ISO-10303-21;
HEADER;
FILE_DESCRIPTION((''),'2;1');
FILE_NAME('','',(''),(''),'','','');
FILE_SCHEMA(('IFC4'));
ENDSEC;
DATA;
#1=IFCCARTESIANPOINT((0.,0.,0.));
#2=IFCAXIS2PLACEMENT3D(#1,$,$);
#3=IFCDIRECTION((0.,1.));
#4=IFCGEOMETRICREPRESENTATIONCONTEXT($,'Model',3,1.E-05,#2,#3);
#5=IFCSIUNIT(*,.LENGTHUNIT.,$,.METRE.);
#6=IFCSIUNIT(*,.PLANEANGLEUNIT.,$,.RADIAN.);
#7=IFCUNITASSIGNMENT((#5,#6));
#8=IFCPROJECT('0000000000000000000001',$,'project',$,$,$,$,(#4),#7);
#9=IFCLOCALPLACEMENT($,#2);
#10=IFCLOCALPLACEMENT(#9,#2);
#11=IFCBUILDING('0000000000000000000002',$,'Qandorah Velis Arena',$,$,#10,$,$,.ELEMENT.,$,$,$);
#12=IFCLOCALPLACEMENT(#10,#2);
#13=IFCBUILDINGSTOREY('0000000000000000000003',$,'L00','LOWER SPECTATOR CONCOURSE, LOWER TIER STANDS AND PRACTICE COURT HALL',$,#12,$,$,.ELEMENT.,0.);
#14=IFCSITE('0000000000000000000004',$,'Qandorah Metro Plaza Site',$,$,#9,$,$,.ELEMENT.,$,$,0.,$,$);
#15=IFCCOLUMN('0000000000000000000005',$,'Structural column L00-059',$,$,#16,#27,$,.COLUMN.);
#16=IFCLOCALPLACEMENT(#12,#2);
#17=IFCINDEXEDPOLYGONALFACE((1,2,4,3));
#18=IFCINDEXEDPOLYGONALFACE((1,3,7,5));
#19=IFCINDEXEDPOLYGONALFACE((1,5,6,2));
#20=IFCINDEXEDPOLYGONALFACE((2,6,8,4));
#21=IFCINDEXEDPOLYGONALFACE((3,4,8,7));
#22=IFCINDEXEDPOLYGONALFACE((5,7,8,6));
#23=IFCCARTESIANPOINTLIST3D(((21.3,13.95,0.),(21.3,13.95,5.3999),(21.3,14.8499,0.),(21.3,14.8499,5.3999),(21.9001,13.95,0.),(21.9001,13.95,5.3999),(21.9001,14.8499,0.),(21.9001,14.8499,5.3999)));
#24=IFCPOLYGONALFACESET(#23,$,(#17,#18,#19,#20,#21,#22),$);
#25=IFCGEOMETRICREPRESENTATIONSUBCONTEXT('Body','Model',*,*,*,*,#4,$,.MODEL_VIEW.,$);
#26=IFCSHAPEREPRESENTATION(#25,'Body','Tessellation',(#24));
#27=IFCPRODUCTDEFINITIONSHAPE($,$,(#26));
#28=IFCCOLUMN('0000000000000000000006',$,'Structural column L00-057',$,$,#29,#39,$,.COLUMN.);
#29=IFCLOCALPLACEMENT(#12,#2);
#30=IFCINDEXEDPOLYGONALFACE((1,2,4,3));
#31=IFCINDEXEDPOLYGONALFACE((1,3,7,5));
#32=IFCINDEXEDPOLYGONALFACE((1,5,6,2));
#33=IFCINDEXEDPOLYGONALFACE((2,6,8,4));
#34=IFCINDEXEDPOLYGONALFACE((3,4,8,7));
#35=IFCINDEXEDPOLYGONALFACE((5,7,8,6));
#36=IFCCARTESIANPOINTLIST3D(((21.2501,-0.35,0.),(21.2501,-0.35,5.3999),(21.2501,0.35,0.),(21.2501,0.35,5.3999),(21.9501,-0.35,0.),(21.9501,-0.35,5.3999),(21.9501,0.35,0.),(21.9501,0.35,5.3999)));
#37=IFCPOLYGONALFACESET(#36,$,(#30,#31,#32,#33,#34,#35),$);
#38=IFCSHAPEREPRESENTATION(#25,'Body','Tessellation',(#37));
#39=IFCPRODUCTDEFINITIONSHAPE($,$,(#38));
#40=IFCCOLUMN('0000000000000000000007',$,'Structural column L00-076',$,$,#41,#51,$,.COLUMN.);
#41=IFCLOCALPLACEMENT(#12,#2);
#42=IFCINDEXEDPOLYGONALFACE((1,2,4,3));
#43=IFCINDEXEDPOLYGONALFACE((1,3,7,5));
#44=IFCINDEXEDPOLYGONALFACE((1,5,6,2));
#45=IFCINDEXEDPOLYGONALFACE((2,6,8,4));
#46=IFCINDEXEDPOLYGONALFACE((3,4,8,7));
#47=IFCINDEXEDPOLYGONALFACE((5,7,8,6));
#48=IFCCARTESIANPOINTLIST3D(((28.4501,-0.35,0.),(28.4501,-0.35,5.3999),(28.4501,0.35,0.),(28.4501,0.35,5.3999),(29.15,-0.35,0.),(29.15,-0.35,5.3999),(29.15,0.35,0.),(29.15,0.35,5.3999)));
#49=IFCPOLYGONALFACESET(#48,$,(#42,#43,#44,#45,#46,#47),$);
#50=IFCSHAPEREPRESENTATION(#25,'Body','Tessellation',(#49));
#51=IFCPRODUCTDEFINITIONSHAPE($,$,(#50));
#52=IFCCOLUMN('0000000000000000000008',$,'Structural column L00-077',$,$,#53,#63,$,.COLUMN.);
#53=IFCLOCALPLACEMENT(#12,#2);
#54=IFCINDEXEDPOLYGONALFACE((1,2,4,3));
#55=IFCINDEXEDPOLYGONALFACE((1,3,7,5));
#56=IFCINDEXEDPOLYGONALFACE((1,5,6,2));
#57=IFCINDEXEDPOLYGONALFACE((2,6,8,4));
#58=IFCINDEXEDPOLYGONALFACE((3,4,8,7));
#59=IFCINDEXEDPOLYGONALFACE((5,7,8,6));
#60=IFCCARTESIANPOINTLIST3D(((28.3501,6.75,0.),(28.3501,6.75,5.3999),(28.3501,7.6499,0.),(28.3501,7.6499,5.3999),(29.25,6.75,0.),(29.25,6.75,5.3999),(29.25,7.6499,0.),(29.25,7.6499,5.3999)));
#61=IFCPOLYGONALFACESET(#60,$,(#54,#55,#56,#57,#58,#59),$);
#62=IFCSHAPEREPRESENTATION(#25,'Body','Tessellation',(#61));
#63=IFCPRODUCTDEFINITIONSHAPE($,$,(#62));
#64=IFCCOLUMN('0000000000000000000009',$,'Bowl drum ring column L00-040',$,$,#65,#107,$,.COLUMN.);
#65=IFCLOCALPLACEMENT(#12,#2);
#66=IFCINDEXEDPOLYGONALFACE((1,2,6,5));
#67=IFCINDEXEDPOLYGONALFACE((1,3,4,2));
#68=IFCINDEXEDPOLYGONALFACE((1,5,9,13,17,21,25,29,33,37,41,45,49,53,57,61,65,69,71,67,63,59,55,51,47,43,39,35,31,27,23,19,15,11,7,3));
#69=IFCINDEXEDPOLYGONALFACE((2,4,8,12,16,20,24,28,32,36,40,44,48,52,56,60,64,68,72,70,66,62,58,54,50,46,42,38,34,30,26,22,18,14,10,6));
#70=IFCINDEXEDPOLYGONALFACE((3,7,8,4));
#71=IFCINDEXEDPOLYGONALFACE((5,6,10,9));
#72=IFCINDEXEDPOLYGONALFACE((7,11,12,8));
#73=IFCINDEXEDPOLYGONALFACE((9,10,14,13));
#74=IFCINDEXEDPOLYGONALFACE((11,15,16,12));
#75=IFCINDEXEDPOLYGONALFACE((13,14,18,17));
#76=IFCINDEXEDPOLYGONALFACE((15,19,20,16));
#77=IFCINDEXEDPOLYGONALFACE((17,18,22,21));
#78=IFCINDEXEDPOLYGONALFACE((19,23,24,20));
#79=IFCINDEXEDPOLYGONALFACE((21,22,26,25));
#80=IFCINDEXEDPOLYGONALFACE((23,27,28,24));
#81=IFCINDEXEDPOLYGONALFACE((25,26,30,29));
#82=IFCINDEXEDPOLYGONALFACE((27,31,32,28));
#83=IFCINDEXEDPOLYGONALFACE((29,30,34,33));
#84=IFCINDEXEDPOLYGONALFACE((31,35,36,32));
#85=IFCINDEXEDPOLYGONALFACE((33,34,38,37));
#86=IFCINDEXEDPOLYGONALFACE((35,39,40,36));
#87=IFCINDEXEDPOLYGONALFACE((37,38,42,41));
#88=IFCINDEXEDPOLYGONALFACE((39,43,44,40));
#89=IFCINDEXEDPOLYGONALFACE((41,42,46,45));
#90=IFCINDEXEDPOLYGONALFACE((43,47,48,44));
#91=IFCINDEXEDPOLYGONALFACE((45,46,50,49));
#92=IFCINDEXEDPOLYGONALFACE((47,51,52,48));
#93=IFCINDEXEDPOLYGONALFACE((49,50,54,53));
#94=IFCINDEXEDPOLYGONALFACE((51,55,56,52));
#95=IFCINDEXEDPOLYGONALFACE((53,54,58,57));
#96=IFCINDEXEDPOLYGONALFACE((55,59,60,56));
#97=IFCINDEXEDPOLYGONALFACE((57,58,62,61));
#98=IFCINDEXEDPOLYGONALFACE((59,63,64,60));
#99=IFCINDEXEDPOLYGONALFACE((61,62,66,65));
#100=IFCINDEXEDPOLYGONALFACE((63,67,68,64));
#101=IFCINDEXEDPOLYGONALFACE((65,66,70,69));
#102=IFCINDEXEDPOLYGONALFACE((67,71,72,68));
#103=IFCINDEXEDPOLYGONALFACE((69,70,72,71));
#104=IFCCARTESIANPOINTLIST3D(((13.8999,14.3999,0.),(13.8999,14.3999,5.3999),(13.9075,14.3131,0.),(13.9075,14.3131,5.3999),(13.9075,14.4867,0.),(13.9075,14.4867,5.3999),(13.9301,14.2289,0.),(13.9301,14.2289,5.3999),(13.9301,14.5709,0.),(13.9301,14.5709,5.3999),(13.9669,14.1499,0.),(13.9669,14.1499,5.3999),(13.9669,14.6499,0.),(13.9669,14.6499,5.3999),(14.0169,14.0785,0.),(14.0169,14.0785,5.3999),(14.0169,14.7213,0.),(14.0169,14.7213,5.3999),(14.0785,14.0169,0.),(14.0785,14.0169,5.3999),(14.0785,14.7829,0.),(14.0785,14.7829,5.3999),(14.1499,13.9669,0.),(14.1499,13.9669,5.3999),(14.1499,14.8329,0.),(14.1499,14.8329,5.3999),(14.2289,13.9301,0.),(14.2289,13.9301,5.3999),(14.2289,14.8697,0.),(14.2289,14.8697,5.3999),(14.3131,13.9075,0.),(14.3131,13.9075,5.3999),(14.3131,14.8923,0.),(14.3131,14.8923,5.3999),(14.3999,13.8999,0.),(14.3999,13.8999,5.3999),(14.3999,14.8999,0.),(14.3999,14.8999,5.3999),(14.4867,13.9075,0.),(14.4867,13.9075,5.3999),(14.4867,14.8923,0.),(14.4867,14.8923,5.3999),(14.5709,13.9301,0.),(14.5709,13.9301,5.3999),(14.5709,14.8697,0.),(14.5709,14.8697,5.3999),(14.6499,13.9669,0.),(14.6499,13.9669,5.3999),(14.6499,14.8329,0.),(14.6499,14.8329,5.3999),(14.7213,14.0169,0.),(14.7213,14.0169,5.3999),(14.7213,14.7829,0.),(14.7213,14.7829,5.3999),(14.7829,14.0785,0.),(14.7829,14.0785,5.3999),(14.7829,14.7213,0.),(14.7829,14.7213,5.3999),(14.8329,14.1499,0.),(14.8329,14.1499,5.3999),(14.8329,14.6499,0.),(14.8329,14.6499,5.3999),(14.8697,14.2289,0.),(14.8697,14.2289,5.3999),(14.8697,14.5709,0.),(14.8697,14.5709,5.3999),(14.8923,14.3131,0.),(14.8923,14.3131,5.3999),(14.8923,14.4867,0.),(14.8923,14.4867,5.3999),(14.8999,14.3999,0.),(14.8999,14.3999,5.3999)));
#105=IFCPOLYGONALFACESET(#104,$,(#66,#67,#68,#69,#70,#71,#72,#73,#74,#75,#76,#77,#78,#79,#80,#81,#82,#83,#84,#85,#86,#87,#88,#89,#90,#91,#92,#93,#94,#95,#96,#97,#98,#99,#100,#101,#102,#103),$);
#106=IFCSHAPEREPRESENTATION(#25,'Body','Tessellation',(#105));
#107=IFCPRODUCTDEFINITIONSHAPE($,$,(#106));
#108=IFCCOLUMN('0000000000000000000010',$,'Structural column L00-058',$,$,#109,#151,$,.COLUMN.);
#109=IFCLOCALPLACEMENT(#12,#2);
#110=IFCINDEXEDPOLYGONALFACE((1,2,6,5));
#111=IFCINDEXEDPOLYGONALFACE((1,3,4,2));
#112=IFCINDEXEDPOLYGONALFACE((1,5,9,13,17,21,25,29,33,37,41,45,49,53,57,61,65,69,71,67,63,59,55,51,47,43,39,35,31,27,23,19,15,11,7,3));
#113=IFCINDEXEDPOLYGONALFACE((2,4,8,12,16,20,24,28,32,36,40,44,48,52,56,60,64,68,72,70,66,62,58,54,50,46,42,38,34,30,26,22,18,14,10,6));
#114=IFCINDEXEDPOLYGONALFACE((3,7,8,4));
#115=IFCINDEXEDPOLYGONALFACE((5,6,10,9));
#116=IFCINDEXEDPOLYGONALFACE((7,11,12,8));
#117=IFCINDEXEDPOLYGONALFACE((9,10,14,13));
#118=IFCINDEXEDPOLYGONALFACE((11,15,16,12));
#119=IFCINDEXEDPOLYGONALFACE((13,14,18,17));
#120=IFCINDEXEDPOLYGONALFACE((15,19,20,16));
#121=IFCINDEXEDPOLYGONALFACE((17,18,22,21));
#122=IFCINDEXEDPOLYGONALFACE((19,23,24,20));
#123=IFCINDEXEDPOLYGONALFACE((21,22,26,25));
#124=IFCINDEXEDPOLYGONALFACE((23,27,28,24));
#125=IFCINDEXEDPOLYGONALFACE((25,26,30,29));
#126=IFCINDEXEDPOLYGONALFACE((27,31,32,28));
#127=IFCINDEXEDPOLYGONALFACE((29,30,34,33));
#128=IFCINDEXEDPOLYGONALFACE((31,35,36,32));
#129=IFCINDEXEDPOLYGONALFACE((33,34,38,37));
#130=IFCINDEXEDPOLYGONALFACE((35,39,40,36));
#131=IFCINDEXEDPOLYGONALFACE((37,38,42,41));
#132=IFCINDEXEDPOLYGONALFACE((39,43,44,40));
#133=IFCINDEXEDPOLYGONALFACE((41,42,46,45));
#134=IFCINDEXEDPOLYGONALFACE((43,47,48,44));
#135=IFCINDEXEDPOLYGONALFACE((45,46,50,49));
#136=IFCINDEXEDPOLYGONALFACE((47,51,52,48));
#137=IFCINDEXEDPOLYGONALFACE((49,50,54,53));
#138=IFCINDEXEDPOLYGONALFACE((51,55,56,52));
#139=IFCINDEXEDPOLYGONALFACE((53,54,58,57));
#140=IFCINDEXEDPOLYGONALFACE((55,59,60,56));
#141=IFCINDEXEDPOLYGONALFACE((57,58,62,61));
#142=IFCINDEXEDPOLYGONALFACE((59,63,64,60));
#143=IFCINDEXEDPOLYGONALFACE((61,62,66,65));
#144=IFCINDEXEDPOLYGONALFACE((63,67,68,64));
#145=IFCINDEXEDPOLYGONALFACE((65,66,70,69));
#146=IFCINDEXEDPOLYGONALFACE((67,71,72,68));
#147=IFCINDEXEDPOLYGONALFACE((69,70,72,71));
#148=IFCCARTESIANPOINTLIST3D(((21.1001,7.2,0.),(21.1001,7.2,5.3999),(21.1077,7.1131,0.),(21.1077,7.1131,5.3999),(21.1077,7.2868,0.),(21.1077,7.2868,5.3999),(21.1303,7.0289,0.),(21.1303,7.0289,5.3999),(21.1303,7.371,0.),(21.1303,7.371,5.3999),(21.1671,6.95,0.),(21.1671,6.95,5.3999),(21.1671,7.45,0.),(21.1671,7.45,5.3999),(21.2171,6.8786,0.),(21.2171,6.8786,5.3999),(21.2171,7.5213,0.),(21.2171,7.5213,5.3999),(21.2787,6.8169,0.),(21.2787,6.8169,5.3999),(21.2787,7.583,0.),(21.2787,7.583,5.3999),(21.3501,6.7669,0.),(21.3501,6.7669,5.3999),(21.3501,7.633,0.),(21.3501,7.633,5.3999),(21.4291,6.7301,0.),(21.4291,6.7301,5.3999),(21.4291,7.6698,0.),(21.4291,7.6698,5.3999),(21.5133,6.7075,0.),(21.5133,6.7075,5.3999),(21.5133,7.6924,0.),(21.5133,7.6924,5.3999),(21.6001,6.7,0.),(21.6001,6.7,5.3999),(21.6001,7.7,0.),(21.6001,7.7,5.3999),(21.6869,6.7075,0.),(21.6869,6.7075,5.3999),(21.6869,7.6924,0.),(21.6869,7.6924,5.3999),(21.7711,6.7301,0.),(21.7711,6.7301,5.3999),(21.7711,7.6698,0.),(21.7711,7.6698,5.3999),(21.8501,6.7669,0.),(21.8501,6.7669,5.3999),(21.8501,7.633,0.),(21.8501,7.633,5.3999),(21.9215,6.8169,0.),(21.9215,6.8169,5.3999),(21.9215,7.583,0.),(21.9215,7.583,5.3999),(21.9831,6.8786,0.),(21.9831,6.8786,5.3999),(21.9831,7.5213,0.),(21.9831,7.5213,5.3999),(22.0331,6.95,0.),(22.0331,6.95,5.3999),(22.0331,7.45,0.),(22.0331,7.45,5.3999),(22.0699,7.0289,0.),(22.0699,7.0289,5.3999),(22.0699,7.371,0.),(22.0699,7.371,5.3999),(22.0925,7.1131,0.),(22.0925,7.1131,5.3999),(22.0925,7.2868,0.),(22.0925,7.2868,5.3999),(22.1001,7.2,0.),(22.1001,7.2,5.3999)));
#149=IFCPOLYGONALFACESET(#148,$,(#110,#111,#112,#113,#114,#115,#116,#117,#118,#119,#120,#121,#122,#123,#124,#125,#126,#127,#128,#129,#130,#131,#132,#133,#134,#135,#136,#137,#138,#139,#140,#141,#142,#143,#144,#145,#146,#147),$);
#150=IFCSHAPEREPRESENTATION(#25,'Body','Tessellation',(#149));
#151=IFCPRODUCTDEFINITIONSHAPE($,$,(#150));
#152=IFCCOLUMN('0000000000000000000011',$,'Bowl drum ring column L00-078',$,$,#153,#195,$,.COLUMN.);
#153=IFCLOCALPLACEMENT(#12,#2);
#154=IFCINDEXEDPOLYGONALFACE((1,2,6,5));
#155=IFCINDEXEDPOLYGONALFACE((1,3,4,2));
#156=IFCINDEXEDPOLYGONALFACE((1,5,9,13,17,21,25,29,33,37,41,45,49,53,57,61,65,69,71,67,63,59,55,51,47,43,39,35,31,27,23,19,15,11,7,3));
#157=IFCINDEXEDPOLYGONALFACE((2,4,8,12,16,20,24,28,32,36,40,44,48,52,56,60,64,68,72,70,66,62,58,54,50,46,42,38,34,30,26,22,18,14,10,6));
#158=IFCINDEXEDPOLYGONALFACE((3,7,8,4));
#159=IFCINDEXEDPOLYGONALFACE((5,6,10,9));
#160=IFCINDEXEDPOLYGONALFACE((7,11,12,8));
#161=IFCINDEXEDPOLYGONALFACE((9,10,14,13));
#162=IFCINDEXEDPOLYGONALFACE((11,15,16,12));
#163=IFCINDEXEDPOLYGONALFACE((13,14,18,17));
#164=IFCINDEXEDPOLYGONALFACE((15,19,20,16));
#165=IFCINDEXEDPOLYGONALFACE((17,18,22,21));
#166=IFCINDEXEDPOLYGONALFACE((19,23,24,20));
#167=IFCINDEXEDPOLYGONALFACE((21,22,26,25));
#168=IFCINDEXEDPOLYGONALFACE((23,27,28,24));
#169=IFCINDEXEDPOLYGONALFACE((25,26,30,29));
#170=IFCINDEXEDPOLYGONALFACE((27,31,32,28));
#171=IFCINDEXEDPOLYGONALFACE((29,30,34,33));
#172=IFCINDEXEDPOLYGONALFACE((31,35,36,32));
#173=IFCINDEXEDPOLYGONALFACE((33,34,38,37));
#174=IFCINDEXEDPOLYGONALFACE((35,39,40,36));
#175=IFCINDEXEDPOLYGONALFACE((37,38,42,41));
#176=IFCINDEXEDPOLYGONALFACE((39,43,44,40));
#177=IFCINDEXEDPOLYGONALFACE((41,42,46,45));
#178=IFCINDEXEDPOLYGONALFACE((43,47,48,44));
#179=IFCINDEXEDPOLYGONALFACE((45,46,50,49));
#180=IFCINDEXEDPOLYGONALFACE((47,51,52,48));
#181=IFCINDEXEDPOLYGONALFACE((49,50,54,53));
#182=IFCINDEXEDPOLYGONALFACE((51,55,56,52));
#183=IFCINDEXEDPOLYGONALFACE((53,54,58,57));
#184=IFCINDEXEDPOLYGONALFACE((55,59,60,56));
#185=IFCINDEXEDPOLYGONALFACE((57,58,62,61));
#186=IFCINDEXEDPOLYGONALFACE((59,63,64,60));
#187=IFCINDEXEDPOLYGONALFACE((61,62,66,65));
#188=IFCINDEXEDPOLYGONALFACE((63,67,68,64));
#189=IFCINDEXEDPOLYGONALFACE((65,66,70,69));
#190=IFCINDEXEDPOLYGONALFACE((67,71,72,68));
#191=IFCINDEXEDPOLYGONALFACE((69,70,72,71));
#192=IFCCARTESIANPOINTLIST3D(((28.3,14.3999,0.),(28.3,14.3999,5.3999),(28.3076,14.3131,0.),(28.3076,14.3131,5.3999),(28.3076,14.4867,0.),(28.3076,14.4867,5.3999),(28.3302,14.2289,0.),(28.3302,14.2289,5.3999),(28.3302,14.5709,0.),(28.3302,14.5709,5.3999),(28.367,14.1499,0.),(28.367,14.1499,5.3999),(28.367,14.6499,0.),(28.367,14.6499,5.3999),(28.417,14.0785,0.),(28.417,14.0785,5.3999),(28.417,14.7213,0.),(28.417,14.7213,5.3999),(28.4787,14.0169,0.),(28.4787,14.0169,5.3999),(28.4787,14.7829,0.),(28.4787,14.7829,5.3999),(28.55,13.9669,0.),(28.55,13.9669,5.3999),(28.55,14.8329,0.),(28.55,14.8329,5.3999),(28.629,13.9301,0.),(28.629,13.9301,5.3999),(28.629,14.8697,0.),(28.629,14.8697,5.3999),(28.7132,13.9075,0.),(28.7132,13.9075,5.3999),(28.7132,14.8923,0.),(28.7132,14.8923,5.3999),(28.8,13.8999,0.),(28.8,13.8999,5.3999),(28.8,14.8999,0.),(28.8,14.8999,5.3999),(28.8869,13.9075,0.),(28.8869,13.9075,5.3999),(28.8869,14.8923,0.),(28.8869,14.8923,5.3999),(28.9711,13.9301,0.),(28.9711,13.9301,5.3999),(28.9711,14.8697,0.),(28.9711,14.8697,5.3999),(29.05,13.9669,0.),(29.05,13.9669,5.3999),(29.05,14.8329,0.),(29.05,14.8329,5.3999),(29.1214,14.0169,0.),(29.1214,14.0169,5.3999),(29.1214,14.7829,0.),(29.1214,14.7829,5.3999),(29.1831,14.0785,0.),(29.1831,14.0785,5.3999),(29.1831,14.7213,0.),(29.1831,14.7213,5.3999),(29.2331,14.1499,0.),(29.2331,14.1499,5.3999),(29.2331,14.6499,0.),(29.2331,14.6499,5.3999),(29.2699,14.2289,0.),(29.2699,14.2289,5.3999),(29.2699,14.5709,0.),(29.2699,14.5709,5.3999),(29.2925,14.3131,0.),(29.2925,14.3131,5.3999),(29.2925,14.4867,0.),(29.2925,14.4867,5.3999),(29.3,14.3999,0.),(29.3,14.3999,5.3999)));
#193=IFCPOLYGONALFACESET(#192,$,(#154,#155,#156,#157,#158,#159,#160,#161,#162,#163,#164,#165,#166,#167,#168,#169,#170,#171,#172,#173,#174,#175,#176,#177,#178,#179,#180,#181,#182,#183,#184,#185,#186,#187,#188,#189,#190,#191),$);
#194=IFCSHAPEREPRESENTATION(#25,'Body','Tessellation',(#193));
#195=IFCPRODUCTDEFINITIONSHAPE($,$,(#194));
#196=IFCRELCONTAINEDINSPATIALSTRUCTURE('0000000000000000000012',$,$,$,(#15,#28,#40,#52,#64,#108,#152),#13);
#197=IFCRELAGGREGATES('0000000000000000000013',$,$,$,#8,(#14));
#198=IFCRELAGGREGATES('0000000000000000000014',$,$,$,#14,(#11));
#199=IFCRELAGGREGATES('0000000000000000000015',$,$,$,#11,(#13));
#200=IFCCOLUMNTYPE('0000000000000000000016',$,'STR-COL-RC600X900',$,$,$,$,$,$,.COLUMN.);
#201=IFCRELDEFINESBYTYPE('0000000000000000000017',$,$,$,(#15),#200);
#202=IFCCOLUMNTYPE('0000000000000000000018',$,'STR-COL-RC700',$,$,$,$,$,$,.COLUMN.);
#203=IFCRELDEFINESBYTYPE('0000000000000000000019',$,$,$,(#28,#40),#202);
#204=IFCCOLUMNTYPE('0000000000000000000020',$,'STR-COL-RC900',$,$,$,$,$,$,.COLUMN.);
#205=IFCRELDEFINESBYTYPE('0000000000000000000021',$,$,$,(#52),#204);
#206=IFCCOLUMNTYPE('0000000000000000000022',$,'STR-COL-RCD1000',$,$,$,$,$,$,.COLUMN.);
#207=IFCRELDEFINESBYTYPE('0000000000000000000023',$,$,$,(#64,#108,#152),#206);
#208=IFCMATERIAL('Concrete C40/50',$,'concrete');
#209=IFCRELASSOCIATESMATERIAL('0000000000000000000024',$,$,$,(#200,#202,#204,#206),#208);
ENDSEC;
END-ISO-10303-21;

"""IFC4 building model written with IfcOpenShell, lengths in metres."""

from ifc_helpers import new_model, si_unit, direction, frame, origin, origin_2d, place, context, subcontext, project, spatial, rectangle, circle, extrude, material, material_profile, profile_set, type_object, element, save


model = new_model("IFC4")

# Units and contexts
model_context = context("Model", 3, precision=1e-05, world=origin(), true_north=direction((0.0, 1.0)))
body_context = subcontext(model_context, "Body", "Model", "MODEL_VIEW")
ifc_project = project(units=[si_unit("LENGTHUNIT", "METRE"), si_unit("PLANEANGLEUNIT", "RADIAN")], contexts=[model_context])

# Site, building, storey
site_placement = place(None, origin())
site = spatial("IfcSite", under=ifc_project, at=site_placement, Name="Qandorah Metro Plaza Site", CompositionType="ELEMENT", RefElevation=0.0)
building_placement = place(site_placement, origin())
building = spatial("IfcBuilding", under=site, at=building_placement, Name="Qandorah Velis Arena", CompositionType="ELEMENT")
storey_placement = place(building_placement, origin())
storey = spatial("IfcBuildingStorey", under=building, at=storey_placement, Name="L00", Description="LOWER SPECTATOR CONCOURSE, LOWER TIER STANDS AND PRACTICE COURT HALL", CompositionType="ELEMENT", Elevation=0.0)

# Columns
ifc_material_1 = material(Name="Concrete C40/50", Category="concrete")
ifc_material_profile_1 = material_profile(ifc_material_1, rectangle(XDim=0.6001, YDim=0.8999, at=origin_2d()), Name="RC COL 600x900")
ifc_profile_set_1 = profile_set([ifc_material_profile_1], Name="Concrete C40/50")
column_type_1 = type_object("IfcColumnType", Name="STR-COL-RC600X900", PredefinedType="COLUMN", material=ifc_profile_set_1)
column_1_placement = place(storey_placement, frame((21.6001, 14.3999, 0.0), z_axis=(0.0, 0.0, 1.0), x_axis=(1.0, 0.0, 0.0)))
element("IfcColumn", 1, at=column_1_placement, inside=storey, type_object=column_type_1, Name="Structural column L00-059", PredefinedType="COLUMN", context=body_context, shape_type="SweptSolid", body=[
    extrude(rectangle(XDim=0.6001, YDim=0.8999, at=origin_2d()), origin(), (0.0, 0.0, 1.0), 5.3999),
])
ifc_material_profile_2 = material_profile(ifc_material_1, rectangle(XDim=0.7, YDim=0.7, at=origin_2d()), Name="RC COL 700x700")
ifc_profile_set_2 = profile_set([ifc_material_profile_2], Name="Concrete C40/50")
column_type_2 = type_object("IfcColumnType", Name="STR-COL-RC700", PredefinedType="COLUMN", material=ifc_profile_set_2)
for number, where, z_axis, x_axis, name in (
    (2, (21.6001, 0.0, 0.0), (0.0, 0.0, 1.0), (1.0, 0.0, 0.0), "Structural column L00-057"),
    (3, (28.8, 0.0, 0.0), (0.0, 0.0, 1.0), (1.0, 0.0, 0.0), "Structural column L00-076"),
):
    element("IfcColumn", number, at=place(storey_placement, frame(where, z_axis=z_axis, x_axis=x_axis)), inside=storey, type_object=column_type_2, Name=name, PredefinedType="COLUMN", context=body_context, shape_type="SweptSolid", body=[
        extrude(rectangle(XDim=0.7, YDim=0.7, at=origin_2d()), origin(), (0.0, 0.0, 1.0), 5.3999),
    ])
ifc_material_profile_3 = material_profile(ifc_material_1, rectangle(XDim=0.8999, YDim=0.8999, at=origin_2d()), Name="RC COL 900x900")
ifc_profile_set_3 = profile_set([ifc_material_profile_3], Name="Concrete C40/50")
column_type_3 = type_object("IfcColumnType", Name="STR-COL-RC900", PredefinedType="COLUMN", material=ifc_profile_set_3)
column_2_placement = place(storey_placement, frame((28.8, 7.2, 0.0), z_axis=(0.0, 0.0, 1.0), x_axis=(1.0, 0.0, 0.0)))
element("IfcColumn", 4, at=column_2_placement, inside=storey, type_object=column_type_3, Name="Structural column L00-077", PredefinedType="COLUMN", context=body_context, shape_type="SweptSolid", body=[
    extrude(rectangle(XDim=0.8999, YDim=0.8999, at=origin_2d()), origin(), (0.0, 0.0, 1.0), 5.3999),
])
ifc_material_profile_4 = material_profile(ifc_material_1, circle(Radius=0.5, at=origin_2d()), Name="RC D1000")
ifc_profile_set_4 = profile_set([ifc_material_profile_4], Name="Concrete C40/50")
column_type_4 = type_object("IfcColumnType", Name="STR-COL-RCD1000", PredefinedType="COLUMN", material=ifc_profile_set_4)
for number, where, z_axis, x_axis, name in (
    (5, (14.3999, 14.3999, 0.0), (0.0, 0.0, 1.0), (1.0, 0.0, 0.0), "Bowl drum ring column L00-040"),
    (6, (21.6001, 7.2, 0.0), (0.0, 0.0, 1.0), (1.0, 0.0, 0.0), "Structural column L00-058"),
    (7, (28.8, 14.3999, 0.0), (0.0, 0.0, 1.0), (1.0, 0.0, 0.0), "Bowl drum ring column L00-078"),
):
    element("IfcColumn", number, at=place(storey_placement, frame(where, z_axis=z_axis, x_axis=x_axis)), inside=storey, type_object=column_type_4, Name=name, PredefinedType="COLUMN", context=body_context, shape_type="SweptSolid", body=[
        extrude(circle(Radius=0.5, at=origin_2d()), origin(), (0.0, 0.0, 1.0), 5.3999),
    ])

save(model, "model.ifc")
